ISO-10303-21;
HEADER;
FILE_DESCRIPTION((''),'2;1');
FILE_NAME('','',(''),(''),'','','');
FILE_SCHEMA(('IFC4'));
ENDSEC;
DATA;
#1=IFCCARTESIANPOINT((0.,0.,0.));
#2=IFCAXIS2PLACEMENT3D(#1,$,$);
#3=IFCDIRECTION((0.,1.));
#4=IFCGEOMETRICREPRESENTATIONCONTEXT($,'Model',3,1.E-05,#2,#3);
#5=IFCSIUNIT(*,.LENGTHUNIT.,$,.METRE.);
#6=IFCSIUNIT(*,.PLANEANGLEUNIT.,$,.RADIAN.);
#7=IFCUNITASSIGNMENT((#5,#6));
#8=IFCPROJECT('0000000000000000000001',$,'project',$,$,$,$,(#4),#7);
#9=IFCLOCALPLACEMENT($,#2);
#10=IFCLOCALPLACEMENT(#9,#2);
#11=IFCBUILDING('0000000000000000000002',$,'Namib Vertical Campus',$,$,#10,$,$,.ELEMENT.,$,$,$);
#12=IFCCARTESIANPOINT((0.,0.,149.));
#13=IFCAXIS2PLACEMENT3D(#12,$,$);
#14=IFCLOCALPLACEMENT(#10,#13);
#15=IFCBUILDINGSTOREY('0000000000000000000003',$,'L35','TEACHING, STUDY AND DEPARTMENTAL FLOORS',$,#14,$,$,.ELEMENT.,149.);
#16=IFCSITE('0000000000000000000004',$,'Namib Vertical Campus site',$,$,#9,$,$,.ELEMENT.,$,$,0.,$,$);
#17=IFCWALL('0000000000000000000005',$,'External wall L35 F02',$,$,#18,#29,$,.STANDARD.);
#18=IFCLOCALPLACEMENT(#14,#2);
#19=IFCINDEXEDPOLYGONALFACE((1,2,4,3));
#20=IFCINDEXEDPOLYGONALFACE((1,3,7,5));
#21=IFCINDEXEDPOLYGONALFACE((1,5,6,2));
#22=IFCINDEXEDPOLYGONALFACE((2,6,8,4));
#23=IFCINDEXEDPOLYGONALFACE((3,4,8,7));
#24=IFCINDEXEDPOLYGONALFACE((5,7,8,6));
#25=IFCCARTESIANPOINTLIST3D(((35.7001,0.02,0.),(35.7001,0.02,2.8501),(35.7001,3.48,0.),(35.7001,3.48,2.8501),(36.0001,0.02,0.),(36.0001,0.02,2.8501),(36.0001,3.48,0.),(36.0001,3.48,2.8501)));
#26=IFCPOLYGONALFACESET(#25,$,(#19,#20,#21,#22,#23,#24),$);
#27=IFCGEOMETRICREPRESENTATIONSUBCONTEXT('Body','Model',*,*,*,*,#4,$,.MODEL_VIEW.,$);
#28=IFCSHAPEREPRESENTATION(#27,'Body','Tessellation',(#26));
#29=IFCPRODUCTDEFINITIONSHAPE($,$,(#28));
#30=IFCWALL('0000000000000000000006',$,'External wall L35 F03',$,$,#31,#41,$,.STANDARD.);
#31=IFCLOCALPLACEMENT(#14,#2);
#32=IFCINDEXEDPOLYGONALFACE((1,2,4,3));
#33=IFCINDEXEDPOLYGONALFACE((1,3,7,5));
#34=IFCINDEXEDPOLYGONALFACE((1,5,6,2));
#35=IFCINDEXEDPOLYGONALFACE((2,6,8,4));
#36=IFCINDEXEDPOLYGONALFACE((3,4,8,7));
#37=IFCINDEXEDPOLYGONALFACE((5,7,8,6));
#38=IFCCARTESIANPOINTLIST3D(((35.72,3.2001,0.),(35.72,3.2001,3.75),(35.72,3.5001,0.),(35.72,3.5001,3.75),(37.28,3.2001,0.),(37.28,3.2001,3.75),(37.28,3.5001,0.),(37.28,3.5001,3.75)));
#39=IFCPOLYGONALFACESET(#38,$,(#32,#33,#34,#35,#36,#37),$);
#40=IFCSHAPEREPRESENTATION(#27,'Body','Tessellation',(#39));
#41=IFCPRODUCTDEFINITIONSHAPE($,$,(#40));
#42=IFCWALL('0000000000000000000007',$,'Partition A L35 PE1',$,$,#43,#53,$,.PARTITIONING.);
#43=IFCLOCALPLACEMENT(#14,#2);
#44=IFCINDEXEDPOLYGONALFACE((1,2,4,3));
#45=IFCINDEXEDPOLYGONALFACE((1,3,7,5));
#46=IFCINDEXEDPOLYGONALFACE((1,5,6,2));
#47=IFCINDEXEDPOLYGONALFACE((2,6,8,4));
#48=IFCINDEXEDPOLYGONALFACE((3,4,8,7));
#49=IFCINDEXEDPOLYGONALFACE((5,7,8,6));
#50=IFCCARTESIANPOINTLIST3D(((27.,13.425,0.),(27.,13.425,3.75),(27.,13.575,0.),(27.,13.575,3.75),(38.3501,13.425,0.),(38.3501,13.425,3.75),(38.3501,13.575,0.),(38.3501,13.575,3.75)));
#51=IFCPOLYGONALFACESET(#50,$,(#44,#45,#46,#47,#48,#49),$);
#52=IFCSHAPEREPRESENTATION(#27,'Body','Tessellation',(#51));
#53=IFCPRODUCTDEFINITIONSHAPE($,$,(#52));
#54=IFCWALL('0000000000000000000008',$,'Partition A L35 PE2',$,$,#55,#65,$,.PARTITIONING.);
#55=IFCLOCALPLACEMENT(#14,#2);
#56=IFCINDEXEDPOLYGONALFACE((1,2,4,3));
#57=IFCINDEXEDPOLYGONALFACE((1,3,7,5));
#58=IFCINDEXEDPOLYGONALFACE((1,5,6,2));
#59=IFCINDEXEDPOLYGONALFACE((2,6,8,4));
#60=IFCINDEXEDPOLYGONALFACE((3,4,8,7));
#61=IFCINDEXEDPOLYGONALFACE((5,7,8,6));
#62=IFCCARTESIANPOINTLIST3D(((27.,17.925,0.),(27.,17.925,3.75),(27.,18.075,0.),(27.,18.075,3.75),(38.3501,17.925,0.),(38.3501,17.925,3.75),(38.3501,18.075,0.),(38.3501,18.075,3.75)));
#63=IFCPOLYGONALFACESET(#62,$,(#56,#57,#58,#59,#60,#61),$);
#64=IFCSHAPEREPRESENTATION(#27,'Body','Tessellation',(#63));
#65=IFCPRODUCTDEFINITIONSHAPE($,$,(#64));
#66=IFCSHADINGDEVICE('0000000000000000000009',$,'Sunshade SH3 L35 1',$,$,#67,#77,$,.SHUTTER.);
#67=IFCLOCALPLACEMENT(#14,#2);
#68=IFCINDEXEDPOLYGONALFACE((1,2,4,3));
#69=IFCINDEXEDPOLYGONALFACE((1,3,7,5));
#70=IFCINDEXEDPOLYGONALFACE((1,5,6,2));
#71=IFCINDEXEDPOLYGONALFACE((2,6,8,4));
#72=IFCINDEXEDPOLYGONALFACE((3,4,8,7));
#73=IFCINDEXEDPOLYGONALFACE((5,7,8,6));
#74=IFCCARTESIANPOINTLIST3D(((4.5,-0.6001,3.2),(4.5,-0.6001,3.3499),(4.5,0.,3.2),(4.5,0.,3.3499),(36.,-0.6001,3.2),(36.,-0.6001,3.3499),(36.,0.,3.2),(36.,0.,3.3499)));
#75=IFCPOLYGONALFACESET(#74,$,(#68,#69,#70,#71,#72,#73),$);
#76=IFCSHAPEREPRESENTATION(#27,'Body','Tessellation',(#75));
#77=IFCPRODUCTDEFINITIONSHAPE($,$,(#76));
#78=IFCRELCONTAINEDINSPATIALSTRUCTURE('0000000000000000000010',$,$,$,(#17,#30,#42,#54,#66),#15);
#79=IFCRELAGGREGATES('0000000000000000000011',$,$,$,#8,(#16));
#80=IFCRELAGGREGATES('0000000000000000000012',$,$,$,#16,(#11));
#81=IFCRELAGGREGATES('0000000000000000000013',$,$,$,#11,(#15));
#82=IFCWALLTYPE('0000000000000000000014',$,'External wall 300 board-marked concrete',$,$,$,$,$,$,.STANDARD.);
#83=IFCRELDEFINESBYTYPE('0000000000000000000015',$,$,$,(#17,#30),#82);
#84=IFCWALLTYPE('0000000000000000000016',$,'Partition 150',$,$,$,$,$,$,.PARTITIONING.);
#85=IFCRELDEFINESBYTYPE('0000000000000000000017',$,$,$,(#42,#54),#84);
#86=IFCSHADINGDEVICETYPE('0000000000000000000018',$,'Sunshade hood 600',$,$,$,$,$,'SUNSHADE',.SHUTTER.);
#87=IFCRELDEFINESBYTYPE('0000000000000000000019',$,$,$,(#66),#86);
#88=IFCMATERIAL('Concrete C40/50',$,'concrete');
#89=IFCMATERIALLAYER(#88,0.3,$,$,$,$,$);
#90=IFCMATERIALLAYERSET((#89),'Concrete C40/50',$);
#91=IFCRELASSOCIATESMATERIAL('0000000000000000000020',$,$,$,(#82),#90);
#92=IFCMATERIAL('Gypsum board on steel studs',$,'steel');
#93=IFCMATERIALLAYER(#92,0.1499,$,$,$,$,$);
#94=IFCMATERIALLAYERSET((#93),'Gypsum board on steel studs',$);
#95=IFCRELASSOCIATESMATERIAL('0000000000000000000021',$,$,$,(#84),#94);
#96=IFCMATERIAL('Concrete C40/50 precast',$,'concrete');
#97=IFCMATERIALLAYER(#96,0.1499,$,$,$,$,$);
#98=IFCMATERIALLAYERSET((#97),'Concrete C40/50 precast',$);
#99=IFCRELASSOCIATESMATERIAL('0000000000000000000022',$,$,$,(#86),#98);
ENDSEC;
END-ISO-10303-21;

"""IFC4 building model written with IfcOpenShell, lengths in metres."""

from ifc_helpers import new_model, si_unit, direction, frame, frame_2d, origin, origin_2d, place, context, subcontext, project, spatial, rectangle, extrude, material, layer, layer_set, type_object, element, save


model = new_model("IFC4")

# Units and contexts
model_context = context("Model", 3, precision=1e-05, world=origin(), true_north=direction((0.0, 1.0)))
body_context = subcontext(model_context, "Body", "Model", "MODEL_VIEW")
ifc_project = project(units=[si_unit("LENGTHUNIT", "METRE"), si_unit("PLANEANGLEUNIT", "RADIAN")], contexts=[model_context])

# Site, building, storey
site_placement = place(None, origin())
site = spatial("IfcSite", under=ifc_project, at=site_placement, Name="Namib Vertical Campus site", CompositionType="ELEMENT", RefElevation=0.0)
building_placement = place(site_placement, origin())
building = spatial("IfcBuilding", under=site, at=building_placement, Name="Namib Vertical Campus", CompositionType="ELEMENT")
storey_placement = place(building_placement, frame((0.0, 0.0, 149.0)))
storey = spatial("IfcBuildingStorey", under=building, at=storey_placement, Name="L35", Description="TEACHING, STUDY AND DEPARTMENTAL FLOORS", CompositionType="ELEMENT", Elevation=149.0)

# Walls
ifc_material_1 = material(Name="Concrete C40/50", Category="concrete")
ifc_layer_1 = layer(ifc_material_1, 0.3)
ifc_layer_set_1 = layer_set([ifc_layer_1], Name="Concrete C40/50")
wall_type_1 = type_object("IfcWallType", Name="External wall 300 board-marked concrete", PredefinedType="STANDARD", material=ifc_layer_set_1)
wall_1_placement = place(storey_placement, frame((35.8501, 0.02, 0.0), z_axis=(0.0, 0.0, 1.0), x_axis=(0.0, 1.0, 0.0)))
element("IfcWall", 1, at=wall_1_placement, inside=storey, type_object=wall_type_1, Name="External wall L35 F02", PredefinedType="STANDARD", context=body_context, shape_type="SweptSolid", body=[
    extrude(rectangle(XDim=3.46, YDim=0.3, at=frame_2d((1.73, 0.0))), origin(), (0.0, 0.0, 1.0), 2.8501),
])
wall_2_placement = place(storey_placement, frame((35.72, 3.3501, 0.0), z_axis=(0.0, 0.0, 1.0), x_axis=(1.0, 0.0, 0.0)))
element("IfcWall", 2, at=wall_2_placement, inside=storey, type_object=wall_type_1, Name="External wall L35 F03", PredefinedType="STANDARD", context=body_context, shape_type="SweptSolid", body=[
    extrude(rectangle(XDim=1.5601, YDim=0.3, at=frame_2d((0.78, 0.0))), origin(), (0.0, 0.0, 1.0), 3.75),
])
ifc_material_2 = material(Name="Gypsum board on steel studs", Category="steel")
ifc_layer_2 = layer(ifc_material_2, 0.1499)
ifc_layer_set_2 = layer_set([ifc_layer_2], Name="Gypsum board on steel studs")
wall_type_2 = type_object("IfcWallType", Name="Partition 150", PredefinedType="PARTITIONING", material=ifc_layer_set_2)
for number, where, z_axis, x_axis, name in (
    (3, (27.0, 13.5, 0.0), (0.0, 0.0, 1.0), (1.0, 0.0, 0.0), "Partition A L35 PE1"),
    (4, (27.0, 18.0, 0.0), (0.0, 0.0, 1.0), (1.0, 0.0, 0.0), "Partition A L35 PE2"),
):
    element("IfcWall", number, at=place(storey_placement, frame(where, z_axis=z_axis, x_axis=x_axis)), inside=storey, type_object=wall_type_2, Name=name, PredefinedType="PARTITIONING", context=body_context, shape_type="SweptSolid", body=[
        extrude(rectangle(XDim=11.3501, YDim=0.1499, at=frame_2d((5.675, 0.0))), origin(), (0.0, 0.0, 1.0), 3.75),
    ])

# Shading device
ifc_material_3 = material(Name="Concrete C40/50 precast", Category="concrete")
ifc_layer_3 = layer(ifc_material_3, 0.1499)
ifc_layer_set_3 = layer_set([ifc_layer_3], Name="Concrete C40/50 precast")
shading_device_type = type_object("IfcShadingDeviceType", Name="Sunshade hood 600", ElementType="SUNSHADE", PredefinedType="SHUTTER", material=ifc_layer_set_3)
shading_device_placement = place(storey_placement, frame((20.25, -0.3, 3.2), z_axis=(0.0, 0.0, 1.0), x_axis=(1.0, 0.0, 0.0)))
element("IfcShadingDevice", 5, at=shading_device_placement, inside=storey, type_object=shading_device_type, Name="Sunshade SH3 L35 1", PredefinedType="SHUTTER", context=body_context, shape_type="SweptSolid", body=[
    extrude(rectangle(XDim=31.5, YDim=0.6001, at=origin_2d()), origin(), (0.0, 0.0, 1.0), 0.1499),
])

save(model, "model.ifc")
